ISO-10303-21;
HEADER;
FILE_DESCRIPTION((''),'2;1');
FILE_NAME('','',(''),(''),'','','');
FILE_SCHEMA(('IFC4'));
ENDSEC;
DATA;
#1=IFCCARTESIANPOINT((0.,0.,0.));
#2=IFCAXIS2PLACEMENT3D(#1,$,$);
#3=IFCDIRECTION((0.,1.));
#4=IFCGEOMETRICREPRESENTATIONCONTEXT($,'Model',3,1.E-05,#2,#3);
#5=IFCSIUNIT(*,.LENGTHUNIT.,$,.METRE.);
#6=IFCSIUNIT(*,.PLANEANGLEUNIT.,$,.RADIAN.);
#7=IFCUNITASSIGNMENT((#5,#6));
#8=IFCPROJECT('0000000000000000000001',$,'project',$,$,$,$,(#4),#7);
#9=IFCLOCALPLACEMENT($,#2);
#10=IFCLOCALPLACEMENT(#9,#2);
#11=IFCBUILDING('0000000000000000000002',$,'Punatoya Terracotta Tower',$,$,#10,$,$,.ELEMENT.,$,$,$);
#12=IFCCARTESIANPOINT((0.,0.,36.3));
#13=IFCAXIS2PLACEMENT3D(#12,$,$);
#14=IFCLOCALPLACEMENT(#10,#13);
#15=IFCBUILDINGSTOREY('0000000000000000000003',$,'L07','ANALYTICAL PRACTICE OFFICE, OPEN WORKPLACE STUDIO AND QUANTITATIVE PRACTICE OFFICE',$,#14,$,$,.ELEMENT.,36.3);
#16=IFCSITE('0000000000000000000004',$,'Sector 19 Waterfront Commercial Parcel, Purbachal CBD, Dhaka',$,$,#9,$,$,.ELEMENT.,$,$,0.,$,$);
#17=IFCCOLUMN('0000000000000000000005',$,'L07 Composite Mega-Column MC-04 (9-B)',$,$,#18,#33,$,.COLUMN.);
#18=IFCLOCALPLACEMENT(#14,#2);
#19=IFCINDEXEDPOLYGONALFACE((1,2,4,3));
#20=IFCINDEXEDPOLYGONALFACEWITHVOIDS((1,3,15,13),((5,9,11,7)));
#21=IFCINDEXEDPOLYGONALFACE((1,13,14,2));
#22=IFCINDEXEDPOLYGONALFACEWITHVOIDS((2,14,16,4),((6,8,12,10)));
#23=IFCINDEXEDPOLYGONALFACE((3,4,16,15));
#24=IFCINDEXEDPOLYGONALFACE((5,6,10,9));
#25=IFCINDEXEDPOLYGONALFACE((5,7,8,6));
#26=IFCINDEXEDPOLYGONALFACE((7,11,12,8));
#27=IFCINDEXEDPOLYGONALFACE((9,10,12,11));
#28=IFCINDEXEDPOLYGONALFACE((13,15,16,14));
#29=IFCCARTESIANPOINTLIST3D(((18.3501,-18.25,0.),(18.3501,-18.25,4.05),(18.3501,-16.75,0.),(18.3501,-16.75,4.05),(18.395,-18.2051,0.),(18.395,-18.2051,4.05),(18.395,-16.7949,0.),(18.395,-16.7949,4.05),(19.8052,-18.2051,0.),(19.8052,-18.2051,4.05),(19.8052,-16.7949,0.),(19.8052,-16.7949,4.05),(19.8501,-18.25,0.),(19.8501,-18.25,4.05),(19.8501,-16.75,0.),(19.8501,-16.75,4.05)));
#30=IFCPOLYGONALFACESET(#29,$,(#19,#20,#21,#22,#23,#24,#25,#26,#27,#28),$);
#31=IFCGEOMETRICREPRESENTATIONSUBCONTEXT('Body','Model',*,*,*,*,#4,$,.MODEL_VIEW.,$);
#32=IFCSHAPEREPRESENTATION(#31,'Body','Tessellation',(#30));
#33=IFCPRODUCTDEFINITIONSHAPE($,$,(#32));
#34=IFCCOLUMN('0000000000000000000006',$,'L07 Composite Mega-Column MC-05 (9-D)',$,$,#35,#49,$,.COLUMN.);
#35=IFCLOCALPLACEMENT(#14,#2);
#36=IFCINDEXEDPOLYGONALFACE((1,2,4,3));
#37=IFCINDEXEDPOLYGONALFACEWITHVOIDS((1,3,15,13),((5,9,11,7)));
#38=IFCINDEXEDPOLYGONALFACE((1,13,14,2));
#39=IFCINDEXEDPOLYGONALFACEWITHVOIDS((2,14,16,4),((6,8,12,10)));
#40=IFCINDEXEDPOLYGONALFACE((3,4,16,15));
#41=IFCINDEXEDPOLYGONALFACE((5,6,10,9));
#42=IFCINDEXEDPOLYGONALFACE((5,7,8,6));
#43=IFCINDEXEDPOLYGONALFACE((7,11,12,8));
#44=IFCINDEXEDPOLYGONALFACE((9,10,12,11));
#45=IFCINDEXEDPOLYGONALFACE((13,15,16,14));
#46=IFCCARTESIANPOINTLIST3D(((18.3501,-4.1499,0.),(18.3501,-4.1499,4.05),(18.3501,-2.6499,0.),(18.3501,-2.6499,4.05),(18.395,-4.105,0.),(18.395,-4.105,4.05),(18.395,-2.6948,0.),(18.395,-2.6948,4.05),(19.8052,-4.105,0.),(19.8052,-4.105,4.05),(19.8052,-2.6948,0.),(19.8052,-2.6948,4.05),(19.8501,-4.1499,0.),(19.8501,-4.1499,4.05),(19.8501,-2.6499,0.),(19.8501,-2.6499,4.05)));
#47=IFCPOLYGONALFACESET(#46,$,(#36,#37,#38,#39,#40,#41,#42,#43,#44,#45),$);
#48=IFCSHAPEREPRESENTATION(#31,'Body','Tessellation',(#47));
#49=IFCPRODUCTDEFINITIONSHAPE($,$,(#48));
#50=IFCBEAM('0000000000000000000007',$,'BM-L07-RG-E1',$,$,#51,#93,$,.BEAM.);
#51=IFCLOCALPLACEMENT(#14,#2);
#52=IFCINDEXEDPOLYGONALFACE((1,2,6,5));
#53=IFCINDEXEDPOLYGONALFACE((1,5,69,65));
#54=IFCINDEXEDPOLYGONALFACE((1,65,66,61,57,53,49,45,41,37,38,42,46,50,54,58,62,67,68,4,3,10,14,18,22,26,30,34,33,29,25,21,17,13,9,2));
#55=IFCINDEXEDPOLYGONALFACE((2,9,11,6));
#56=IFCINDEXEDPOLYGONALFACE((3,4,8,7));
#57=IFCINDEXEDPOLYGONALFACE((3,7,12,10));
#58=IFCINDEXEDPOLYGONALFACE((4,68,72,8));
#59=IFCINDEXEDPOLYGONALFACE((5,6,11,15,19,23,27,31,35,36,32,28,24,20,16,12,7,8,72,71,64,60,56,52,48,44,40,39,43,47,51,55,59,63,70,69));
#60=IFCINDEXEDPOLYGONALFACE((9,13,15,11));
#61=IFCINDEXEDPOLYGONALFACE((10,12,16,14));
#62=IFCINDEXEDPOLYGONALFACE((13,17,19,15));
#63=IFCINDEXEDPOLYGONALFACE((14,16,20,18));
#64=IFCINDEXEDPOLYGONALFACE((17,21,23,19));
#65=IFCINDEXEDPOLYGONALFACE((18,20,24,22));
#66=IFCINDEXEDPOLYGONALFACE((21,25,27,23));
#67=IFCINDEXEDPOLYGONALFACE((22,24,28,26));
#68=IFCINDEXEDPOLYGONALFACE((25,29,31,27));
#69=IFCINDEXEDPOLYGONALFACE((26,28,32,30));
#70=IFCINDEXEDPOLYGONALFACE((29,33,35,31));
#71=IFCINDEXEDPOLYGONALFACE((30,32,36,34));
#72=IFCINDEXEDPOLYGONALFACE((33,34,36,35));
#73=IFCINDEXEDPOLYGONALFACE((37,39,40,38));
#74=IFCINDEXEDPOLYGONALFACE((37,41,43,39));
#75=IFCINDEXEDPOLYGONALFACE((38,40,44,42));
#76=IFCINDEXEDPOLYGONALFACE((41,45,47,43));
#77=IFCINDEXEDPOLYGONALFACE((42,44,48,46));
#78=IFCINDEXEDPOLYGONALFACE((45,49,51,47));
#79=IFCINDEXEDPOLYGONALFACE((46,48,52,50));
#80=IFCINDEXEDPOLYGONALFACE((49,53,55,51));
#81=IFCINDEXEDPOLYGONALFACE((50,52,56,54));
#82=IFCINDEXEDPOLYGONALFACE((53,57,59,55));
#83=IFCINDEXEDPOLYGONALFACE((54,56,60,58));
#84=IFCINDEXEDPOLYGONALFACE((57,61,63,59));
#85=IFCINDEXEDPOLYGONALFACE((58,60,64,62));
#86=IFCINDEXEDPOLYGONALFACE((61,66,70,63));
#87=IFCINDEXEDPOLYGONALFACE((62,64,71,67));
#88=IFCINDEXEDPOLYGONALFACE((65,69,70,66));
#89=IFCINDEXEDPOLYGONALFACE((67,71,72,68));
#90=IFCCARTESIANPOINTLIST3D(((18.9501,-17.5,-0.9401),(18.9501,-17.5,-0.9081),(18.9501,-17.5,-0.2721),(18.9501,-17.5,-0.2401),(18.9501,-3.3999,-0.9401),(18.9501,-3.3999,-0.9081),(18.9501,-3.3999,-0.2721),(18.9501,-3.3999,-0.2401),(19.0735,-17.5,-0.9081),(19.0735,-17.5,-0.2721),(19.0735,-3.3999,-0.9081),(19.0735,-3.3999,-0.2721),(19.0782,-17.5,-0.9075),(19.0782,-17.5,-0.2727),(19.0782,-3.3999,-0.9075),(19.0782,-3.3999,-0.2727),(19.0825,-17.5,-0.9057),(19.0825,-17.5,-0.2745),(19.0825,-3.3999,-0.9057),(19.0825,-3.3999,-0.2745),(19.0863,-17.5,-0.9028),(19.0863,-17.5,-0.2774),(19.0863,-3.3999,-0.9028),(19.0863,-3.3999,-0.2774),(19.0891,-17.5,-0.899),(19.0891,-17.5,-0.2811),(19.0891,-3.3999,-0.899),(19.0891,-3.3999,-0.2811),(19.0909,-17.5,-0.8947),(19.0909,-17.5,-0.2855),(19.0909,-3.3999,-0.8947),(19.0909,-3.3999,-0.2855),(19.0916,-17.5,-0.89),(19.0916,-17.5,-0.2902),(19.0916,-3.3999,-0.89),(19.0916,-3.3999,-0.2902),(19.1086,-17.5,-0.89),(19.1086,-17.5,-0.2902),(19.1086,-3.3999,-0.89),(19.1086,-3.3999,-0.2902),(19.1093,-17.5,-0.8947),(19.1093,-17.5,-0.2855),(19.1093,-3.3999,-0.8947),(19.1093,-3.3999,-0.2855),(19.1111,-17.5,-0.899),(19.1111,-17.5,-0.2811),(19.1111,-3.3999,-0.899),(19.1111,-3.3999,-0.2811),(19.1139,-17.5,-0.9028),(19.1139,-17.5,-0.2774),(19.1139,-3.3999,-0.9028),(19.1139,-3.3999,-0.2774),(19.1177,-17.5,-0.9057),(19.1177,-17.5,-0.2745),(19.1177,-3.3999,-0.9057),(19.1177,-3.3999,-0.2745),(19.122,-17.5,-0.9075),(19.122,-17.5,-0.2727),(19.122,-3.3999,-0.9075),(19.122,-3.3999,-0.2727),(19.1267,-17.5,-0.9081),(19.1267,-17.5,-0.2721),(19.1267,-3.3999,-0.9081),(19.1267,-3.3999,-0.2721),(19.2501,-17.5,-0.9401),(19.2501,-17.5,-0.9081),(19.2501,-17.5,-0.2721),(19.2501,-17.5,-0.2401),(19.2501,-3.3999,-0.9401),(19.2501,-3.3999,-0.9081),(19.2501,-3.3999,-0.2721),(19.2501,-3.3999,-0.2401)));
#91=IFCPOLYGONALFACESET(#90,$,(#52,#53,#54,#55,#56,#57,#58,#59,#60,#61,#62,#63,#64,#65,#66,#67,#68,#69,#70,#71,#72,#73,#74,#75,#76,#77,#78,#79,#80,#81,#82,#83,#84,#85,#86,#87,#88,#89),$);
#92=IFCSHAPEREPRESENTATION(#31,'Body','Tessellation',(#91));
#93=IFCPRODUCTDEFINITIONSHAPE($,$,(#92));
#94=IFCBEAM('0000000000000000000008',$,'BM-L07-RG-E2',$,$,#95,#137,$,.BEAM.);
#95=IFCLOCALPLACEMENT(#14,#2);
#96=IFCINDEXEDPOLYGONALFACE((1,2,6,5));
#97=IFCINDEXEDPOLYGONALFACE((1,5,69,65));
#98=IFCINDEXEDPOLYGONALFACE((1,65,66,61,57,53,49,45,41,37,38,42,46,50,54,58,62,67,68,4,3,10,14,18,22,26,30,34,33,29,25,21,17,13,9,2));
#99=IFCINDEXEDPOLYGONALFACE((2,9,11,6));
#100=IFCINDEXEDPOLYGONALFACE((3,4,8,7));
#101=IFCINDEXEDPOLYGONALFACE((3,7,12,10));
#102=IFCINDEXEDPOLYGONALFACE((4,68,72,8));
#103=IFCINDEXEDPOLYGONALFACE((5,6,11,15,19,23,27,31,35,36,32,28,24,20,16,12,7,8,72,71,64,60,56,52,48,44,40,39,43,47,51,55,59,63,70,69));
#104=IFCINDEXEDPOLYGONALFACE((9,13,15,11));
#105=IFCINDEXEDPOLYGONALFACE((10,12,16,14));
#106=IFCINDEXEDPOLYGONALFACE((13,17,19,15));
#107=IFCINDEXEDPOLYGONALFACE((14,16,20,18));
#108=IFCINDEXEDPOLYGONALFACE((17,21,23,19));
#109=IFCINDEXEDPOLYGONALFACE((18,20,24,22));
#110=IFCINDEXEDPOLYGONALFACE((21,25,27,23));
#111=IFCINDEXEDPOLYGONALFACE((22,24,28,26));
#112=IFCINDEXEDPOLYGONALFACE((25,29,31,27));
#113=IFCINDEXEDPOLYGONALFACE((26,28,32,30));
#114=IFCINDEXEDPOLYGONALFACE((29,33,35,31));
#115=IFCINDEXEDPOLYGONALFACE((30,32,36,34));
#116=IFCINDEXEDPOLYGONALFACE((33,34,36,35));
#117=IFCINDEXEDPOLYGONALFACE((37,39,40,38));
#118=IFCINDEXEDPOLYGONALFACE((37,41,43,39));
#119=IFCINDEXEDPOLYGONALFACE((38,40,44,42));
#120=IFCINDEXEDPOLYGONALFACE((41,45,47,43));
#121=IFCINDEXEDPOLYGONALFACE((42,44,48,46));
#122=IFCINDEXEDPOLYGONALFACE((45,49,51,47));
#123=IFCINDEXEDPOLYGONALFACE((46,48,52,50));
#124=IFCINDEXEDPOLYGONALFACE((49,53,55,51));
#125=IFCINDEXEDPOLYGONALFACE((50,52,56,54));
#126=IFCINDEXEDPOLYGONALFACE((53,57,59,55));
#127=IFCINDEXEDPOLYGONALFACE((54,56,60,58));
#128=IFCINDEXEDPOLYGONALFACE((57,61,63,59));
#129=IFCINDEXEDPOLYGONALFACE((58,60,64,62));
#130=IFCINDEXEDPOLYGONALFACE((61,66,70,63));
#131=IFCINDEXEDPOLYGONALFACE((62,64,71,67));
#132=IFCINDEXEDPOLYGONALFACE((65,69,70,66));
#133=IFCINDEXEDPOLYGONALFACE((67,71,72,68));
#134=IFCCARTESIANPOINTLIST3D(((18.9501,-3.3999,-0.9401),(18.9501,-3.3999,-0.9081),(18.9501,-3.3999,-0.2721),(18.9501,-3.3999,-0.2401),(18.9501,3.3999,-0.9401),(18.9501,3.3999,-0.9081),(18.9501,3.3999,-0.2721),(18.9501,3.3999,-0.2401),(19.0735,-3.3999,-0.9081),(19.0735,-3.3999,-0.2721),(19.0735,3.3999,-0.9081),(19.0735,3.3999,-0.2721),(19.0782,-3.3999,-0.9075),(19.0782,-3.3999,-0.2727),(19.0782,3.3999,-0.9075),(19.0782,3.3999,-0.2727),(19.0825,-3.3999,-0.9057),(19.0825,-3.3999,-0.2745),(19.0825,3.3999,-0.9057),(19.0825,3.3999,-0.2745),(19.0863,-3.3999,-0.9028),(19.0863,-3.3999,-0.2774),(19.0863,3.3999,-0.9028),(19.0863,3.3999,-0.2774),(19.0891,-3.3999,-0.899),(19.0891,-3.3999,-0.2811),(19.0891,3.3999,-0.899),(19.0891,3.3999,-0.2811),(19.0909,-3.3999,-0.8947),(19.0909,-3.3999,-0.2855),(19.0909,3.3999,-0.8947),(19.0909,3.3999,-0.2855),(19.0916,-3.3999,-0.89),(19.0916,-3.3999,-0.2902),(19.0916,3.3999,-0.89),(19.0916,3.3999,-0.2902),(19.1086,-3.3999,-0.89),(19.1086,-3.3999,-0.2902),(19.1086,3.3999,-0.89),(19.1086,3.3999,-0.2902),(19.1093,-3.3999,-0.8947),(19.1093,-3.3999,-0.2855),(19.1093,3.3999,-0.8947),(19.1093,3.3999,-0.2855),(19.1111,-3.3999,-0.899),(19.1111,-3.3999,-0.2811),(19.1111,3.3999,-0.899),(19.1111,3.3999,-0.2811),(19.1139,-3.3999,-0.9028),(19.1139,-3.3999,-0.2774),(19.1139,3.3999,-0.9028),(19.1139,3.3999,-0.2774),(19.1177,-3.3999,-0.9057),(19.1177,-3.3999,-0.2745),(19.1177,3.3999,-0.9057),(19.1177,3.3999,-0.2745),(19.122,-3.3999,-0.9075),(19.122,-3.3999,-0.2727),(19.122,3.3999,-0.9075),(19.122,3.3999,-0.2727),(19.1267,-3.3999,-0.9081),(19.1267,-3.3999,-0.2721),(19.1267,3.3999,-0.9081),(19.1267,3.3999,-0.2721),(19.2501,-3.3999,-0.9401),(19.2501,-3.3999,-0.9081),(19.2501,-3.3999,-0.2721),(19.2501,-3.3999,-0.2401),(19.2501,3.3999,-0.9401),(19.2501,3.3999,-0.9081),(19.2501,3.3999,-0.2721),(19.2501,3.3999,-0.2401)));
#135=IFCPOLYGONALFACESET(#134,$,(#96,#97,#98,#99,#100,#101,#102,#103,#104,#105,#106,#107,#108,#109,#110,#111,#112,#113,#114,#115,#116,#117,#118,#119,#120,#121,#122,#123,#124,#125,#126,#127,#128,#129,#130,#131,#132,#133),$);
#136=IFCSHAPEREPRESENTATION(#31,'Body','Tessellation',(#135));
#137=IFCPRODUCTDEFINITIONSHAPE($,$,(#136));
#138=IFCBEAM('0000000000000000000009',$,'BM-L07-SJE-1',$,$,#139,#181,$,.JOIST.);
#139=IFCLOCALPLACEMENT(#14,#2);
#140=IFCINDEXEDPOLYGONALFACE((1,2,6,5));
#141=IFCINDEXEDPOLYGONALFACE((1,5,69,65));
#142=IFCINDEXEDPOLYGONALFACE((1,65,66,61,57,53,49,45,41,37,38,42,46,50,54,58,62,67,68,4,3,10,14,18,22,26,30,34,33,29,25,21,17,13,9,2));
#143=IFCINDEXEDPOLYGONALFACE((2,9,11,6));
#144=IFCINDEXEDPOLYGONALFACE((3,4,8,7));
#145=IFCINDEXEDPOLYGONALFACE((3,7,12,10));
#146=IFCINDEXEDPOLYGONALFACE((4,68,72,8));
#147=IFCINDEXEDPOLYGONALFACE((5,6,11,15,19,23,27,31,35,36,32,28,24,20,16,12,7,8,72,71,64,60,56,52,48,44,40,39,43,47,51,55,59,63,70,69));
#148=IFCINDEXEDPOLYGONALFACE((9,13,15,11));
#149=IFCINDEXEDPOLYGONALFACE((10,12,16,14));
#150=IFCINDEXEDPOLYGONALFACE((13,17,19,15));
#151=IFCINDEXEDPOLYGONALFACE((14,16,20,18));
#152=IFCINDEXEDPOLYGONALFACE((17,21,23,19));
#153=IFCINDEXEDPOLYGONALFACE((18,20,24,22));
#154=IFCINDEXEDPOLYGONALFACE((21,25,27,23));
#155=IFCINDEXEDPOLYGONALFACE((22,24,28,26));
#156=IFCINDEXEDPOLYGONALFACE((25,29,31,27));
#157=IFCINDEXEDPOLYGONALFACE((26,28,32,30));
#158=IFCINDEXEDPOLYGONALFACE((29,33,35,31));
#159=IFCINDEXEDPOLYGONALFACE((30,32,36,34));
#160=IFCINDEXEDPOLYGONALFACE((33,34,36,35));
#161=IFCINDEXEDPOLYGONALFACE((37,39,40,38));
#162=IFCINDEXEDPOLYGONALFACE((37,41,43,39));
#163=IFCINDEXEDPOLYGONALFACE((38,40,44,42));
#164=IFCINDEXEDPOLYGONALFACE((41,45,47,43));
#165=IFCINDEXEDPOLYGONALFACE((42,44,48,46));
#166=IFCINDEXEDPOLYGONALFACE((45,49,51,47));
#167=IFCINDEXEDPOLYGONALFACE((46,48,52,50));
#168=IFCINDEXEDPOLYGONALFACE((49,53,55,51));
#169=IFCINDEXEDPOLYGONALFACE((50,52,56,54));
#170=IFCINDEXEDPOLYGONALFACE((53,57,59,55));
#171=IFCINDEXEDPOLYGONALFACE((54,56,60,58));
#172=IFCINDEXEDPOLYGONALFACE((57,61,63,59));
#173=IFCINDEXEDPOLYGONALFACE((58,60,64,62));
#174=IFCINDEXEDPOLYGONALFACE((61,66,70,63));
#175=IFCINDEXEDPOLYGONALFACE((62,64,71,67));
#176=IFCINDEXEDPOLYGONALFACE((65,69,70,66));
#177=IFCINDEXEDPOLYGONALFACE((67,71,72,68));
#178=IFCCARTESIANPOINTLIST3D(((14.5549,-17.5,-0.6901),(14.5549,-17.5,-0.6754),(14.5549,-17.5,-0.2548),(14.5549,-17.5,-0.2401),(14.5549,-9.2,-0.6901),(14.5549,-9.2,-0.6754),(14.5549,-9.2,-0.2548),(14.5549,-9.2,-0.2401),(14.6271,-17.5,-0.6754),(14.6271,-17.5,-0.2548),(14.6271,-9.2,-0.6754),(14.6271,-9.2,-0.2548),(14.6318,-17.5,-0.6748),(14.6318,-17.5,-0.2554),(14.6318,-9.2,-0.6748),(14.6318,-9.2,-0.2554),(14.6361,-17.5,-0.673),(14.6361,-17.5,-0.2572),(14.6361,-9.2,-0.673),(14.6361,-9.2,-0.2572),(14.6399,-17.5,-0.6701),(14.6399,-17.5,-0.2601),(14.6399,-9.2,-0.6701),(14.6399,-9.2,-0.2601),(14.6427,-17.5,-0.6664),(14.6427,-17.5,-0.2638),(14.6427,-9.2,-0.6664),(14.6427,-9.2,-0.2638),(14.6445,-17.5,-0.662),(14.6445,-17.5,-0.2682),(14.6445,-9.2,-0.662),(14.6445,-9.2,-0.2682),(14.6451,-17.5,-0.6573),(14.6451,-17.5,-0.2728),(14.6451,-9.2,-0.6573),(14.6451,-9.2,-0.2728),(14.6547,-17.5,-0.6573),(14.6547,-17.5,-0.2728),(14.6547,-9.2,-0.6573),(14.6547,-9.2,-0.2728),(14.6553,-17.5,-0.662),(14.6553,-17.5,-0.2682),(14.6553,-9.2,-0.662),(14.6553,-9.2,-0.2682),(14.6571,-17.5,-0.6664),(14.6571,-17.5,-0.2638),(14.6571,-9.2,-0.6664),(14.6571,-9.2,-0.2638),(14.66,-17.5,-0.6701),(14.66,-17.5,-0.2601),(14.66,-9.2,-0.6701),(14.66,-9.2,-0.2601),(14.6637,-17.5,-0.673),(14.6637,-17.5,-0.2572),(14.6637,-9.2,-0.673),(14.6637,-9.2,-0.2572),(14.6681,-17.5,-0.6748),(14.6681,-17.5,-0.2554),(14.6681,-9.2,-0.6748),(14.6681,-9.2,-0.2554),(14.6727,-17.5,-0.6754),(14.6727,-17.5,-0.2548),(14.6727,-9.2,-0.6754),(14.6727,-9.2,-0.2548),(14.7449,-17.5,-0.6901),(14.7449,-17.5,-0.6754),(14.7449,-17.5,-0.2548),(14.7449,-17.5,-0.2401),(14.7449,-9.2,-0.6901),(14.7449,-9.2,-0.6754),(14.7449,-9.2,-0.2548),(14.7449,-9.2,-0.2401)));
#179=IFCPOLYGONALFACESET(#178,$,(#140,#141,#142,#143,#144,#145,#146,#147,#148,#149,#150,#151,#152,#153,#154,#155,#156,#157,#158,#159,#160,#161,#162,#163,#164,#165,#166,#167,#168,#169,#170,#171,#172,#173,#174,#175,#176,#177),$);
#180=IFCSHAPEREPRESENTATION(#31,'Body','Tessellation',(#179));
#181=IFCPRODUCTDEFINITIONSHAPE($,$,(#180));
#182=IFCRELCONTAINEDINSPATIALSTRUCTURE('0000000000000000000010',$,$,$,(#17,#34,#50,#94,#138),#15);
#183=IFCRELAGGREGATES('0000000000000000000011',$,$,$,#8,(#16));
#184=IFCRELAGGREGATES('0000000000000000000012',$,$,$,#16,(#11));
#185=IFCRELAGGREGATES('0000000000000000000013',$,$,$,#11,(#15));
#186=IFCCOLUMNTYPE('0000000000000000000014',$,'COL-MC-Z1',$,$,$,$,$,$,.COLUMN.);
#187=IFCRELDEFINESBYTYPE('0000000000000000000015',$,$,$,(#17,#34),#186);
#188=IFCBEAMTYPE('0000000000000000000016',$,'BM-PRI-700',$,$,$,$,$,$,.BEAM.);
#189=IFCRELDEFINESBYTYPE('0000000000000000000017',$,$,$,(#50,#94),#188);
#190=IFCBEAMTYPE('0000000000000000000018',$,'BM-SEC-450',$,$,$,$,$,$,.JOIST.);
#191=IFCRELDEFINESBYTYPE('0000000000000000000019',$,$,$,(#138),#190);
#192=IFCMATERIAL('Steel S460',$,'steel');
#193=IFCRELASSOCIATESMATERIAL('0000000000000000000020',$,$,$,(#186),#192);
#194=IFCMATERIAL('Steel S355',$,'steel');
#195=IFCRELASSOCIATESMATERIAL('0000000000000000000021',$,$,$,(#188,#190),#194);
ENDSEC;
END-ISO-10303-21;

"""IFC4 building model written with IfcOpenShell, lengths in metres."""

from ifc_helpers import new_model, si_unit, direction, frame, origin, origin_2d, place, context, subcontext, project, spatial, hollow_rectangle, i_section, extrude, material, material_profile, profile_set, type_object, element, save


model = new_model("IFC4")

# Units and contexts
model_context = context("Model", 3, precision=1e-05, world=origin(), true_north=direction((0.0, 1.0)))
body_context = subcontext(model_context, "Body", "Model", "MODEL_VIEW")
ifc_project = project(units=[si_unit("LENGTHUNIT", "METRE"), si_unit("PLANEANGLEUNIT", "RADIAN")], contexts=[model_context])

# Site, building, storey
site_placement = place(None, origin())
site = spatial("IfcSite", under=ifc_project, at=site_placement, Name="Sector 19 Waterfront Commercial Parcel, Purbachal CBD, Dhaka", CompositionType="ELEMENT", RefElevation=0.0)
building_placement = place(site_placement, origin())
building = spatial("IfcBuilding", under=site, at=building_placement, Name="Punatoya Terracotta Tower", CompositionType="ELEMENT")
storey_placement = place(building_placement, frame((0.0, 0.0, 36.3)))
storey = spatial("IfcBuildingStorey", under=building, at=storey_placement, Name="L07", Description="ANALYTICAL PRACTICE OFFICE, OPEN WORKPLACE STUDIO AND QUANTITATIVE PRACTICE OFFICE", CompositionType="ELEMENT", Elevation=36.3)

# Columns
ifc_material_1 = material(Name="Steel S460", Category="steel")
ifc_material_profile_1 = material_profile(ifc_material_1, hollow_rectangle(XDim=1.5, YDim=1.5, WallThickness=0.0449, at=origin_2d()))
ifc_profile_set_1 = profile_set([ifc_material_profile_1], Name="Steel S460")
column_type = type_object("IfcColumnType", Name="COL-MC-Z1", PredefinedType="COLUMN", material=ifc_profile_set_1)
for number, where, z_axis, x_axis, name in (
    (1, (19.1001, -17.5, 0.0), (0.0, 0.0, 1.0), (1.0, 0.0, 0.0), "L07 Composite Mega-Column MC-04 (9-B)"),
    (2, (19.1001, -3.3999, 0.0), (0.0, 0.0, 1.0), (1.0, 0.0, 0.0), "L07 Composite Mega-Column MC-05 (9-D)"),
):
    element("IfcColumn", number, at=place(storey_placement, frame(where, z_axis=z_axis, x_axis=x_axis)), inside=storey, type_object=column_type, Name=name, PredefinedType="COLUMN", context=body_context, shape_type="SweptSolid", body=[
        extrude(hollow_rectangle(XDim=1.5, YDim=1.5, WallThickness=0.0449, at=origin_2d()), origin(), (0.0, 0.0, 1.0), 4.05),
    ])

# Beams
ifc_material_2 = material(Name="Steel S355", Category="steel")
ifc_material_profile_2 = material_profile(ifc_material_2, i_section(OverallWidth=0.3, OverallDepth=0.7, WebThickness=0.0171, FlangeThickness=0.032, FilletRadius=0.0181, at=origin_2d()))
ifc_profile_set_2 = profile_set([ifc_material_profile_2], Name="Steel S355")
beam_type_1 = type_object("IfcBeamType", Name="BM-PRI-700", PredefinedType="BEAM", material=ifc_profile_set_2)
beam_1_placement = place(storey_placement, frame((19.1001, -17.5, -0.5901), z_axis=(0.0, 1.0, 0.0), x_axis=(-1.0, 0.0, 0.0)))
element("IfcBeam", 3, at=beam_1_placement, inside=storey, type_object=beam_type_1, Name="BM-L07-RG-E1", PredefinedType="BEAM", context=body_context, shape_type="SweptSolid", body=[
    extrude(i_section(OverallWidth=0.3, OverallDepth=0.7, WebThickness=0.0171, FlangeThickness=0.032, FilletRadius=0.0181, at=origin_2d()), origin(), (0.0, 0.0, 1.0), 14.1001),
])
beam_2_placement = place(storey_placement, frame((19.1001, -3.3999, -0.5901), z_axis=(0.0, 1.0, 0.0), x_axis=(-1.0, 0.0, 0.0)))
element("IfcBeam", 4, at=beam_2_placement, inside=storey, type_object=beam_type_1, Name="BM-L07-RG-E2", PredefinedType="BEAM", context=body_context, shape_type="SweptSolid", body=[
    extrude(i_section(OverallWidth=0.3, OverallDepth=0.7, WebThickness=0.0171, FlangeThickness=0.032, FilletRadius=0.0181, at=origin_2d()), origin(), (0.0, 0.0, 1.0), 6.7998),
])
ifc_material_profile_3 = material_profile(ifc_material_2, i_section(OverallWidth=0.1899, OverallDepth=0.45, WebThickness=0.0095, FlangeThickness=0.0146, FilletRadius=0.0181, at=origin_2d()))
ifc_profile_set_3 = profile_set([ifc_material_profile_3], Name="Steel S355")
beam_type_2 = type_object("IfcBeamType", Name="BM-SEC-450", PredefinedType="JOIST", material=ifc_profile_set_3)
beam_3_placement = place(storey_placement, frame((14.6499, -17.5, -0.4651), z_axis=(0.0, 1.0, 0.0), x_axis=(-1.0, 0.0, 0.0)))
element("IfcBeam", 5, at=beam_3_placement, inside=storey, type_object=beam_type_2, Name="BM-L07-SJE-1", PredefinedType="JOIST", context=body_context, shape_type="SweptSolid", body=[
    extrude(i_section(OverallWidth=0.1899, OverallDepth=0.45, WebThickness=0.0095, FlangeThickness=0.0146, FilletRadius=0.0181, at=origin_2d()), origin(), (0.0, 0.0, 1.0), 8.3),
])

save(model, "model.ifc")
